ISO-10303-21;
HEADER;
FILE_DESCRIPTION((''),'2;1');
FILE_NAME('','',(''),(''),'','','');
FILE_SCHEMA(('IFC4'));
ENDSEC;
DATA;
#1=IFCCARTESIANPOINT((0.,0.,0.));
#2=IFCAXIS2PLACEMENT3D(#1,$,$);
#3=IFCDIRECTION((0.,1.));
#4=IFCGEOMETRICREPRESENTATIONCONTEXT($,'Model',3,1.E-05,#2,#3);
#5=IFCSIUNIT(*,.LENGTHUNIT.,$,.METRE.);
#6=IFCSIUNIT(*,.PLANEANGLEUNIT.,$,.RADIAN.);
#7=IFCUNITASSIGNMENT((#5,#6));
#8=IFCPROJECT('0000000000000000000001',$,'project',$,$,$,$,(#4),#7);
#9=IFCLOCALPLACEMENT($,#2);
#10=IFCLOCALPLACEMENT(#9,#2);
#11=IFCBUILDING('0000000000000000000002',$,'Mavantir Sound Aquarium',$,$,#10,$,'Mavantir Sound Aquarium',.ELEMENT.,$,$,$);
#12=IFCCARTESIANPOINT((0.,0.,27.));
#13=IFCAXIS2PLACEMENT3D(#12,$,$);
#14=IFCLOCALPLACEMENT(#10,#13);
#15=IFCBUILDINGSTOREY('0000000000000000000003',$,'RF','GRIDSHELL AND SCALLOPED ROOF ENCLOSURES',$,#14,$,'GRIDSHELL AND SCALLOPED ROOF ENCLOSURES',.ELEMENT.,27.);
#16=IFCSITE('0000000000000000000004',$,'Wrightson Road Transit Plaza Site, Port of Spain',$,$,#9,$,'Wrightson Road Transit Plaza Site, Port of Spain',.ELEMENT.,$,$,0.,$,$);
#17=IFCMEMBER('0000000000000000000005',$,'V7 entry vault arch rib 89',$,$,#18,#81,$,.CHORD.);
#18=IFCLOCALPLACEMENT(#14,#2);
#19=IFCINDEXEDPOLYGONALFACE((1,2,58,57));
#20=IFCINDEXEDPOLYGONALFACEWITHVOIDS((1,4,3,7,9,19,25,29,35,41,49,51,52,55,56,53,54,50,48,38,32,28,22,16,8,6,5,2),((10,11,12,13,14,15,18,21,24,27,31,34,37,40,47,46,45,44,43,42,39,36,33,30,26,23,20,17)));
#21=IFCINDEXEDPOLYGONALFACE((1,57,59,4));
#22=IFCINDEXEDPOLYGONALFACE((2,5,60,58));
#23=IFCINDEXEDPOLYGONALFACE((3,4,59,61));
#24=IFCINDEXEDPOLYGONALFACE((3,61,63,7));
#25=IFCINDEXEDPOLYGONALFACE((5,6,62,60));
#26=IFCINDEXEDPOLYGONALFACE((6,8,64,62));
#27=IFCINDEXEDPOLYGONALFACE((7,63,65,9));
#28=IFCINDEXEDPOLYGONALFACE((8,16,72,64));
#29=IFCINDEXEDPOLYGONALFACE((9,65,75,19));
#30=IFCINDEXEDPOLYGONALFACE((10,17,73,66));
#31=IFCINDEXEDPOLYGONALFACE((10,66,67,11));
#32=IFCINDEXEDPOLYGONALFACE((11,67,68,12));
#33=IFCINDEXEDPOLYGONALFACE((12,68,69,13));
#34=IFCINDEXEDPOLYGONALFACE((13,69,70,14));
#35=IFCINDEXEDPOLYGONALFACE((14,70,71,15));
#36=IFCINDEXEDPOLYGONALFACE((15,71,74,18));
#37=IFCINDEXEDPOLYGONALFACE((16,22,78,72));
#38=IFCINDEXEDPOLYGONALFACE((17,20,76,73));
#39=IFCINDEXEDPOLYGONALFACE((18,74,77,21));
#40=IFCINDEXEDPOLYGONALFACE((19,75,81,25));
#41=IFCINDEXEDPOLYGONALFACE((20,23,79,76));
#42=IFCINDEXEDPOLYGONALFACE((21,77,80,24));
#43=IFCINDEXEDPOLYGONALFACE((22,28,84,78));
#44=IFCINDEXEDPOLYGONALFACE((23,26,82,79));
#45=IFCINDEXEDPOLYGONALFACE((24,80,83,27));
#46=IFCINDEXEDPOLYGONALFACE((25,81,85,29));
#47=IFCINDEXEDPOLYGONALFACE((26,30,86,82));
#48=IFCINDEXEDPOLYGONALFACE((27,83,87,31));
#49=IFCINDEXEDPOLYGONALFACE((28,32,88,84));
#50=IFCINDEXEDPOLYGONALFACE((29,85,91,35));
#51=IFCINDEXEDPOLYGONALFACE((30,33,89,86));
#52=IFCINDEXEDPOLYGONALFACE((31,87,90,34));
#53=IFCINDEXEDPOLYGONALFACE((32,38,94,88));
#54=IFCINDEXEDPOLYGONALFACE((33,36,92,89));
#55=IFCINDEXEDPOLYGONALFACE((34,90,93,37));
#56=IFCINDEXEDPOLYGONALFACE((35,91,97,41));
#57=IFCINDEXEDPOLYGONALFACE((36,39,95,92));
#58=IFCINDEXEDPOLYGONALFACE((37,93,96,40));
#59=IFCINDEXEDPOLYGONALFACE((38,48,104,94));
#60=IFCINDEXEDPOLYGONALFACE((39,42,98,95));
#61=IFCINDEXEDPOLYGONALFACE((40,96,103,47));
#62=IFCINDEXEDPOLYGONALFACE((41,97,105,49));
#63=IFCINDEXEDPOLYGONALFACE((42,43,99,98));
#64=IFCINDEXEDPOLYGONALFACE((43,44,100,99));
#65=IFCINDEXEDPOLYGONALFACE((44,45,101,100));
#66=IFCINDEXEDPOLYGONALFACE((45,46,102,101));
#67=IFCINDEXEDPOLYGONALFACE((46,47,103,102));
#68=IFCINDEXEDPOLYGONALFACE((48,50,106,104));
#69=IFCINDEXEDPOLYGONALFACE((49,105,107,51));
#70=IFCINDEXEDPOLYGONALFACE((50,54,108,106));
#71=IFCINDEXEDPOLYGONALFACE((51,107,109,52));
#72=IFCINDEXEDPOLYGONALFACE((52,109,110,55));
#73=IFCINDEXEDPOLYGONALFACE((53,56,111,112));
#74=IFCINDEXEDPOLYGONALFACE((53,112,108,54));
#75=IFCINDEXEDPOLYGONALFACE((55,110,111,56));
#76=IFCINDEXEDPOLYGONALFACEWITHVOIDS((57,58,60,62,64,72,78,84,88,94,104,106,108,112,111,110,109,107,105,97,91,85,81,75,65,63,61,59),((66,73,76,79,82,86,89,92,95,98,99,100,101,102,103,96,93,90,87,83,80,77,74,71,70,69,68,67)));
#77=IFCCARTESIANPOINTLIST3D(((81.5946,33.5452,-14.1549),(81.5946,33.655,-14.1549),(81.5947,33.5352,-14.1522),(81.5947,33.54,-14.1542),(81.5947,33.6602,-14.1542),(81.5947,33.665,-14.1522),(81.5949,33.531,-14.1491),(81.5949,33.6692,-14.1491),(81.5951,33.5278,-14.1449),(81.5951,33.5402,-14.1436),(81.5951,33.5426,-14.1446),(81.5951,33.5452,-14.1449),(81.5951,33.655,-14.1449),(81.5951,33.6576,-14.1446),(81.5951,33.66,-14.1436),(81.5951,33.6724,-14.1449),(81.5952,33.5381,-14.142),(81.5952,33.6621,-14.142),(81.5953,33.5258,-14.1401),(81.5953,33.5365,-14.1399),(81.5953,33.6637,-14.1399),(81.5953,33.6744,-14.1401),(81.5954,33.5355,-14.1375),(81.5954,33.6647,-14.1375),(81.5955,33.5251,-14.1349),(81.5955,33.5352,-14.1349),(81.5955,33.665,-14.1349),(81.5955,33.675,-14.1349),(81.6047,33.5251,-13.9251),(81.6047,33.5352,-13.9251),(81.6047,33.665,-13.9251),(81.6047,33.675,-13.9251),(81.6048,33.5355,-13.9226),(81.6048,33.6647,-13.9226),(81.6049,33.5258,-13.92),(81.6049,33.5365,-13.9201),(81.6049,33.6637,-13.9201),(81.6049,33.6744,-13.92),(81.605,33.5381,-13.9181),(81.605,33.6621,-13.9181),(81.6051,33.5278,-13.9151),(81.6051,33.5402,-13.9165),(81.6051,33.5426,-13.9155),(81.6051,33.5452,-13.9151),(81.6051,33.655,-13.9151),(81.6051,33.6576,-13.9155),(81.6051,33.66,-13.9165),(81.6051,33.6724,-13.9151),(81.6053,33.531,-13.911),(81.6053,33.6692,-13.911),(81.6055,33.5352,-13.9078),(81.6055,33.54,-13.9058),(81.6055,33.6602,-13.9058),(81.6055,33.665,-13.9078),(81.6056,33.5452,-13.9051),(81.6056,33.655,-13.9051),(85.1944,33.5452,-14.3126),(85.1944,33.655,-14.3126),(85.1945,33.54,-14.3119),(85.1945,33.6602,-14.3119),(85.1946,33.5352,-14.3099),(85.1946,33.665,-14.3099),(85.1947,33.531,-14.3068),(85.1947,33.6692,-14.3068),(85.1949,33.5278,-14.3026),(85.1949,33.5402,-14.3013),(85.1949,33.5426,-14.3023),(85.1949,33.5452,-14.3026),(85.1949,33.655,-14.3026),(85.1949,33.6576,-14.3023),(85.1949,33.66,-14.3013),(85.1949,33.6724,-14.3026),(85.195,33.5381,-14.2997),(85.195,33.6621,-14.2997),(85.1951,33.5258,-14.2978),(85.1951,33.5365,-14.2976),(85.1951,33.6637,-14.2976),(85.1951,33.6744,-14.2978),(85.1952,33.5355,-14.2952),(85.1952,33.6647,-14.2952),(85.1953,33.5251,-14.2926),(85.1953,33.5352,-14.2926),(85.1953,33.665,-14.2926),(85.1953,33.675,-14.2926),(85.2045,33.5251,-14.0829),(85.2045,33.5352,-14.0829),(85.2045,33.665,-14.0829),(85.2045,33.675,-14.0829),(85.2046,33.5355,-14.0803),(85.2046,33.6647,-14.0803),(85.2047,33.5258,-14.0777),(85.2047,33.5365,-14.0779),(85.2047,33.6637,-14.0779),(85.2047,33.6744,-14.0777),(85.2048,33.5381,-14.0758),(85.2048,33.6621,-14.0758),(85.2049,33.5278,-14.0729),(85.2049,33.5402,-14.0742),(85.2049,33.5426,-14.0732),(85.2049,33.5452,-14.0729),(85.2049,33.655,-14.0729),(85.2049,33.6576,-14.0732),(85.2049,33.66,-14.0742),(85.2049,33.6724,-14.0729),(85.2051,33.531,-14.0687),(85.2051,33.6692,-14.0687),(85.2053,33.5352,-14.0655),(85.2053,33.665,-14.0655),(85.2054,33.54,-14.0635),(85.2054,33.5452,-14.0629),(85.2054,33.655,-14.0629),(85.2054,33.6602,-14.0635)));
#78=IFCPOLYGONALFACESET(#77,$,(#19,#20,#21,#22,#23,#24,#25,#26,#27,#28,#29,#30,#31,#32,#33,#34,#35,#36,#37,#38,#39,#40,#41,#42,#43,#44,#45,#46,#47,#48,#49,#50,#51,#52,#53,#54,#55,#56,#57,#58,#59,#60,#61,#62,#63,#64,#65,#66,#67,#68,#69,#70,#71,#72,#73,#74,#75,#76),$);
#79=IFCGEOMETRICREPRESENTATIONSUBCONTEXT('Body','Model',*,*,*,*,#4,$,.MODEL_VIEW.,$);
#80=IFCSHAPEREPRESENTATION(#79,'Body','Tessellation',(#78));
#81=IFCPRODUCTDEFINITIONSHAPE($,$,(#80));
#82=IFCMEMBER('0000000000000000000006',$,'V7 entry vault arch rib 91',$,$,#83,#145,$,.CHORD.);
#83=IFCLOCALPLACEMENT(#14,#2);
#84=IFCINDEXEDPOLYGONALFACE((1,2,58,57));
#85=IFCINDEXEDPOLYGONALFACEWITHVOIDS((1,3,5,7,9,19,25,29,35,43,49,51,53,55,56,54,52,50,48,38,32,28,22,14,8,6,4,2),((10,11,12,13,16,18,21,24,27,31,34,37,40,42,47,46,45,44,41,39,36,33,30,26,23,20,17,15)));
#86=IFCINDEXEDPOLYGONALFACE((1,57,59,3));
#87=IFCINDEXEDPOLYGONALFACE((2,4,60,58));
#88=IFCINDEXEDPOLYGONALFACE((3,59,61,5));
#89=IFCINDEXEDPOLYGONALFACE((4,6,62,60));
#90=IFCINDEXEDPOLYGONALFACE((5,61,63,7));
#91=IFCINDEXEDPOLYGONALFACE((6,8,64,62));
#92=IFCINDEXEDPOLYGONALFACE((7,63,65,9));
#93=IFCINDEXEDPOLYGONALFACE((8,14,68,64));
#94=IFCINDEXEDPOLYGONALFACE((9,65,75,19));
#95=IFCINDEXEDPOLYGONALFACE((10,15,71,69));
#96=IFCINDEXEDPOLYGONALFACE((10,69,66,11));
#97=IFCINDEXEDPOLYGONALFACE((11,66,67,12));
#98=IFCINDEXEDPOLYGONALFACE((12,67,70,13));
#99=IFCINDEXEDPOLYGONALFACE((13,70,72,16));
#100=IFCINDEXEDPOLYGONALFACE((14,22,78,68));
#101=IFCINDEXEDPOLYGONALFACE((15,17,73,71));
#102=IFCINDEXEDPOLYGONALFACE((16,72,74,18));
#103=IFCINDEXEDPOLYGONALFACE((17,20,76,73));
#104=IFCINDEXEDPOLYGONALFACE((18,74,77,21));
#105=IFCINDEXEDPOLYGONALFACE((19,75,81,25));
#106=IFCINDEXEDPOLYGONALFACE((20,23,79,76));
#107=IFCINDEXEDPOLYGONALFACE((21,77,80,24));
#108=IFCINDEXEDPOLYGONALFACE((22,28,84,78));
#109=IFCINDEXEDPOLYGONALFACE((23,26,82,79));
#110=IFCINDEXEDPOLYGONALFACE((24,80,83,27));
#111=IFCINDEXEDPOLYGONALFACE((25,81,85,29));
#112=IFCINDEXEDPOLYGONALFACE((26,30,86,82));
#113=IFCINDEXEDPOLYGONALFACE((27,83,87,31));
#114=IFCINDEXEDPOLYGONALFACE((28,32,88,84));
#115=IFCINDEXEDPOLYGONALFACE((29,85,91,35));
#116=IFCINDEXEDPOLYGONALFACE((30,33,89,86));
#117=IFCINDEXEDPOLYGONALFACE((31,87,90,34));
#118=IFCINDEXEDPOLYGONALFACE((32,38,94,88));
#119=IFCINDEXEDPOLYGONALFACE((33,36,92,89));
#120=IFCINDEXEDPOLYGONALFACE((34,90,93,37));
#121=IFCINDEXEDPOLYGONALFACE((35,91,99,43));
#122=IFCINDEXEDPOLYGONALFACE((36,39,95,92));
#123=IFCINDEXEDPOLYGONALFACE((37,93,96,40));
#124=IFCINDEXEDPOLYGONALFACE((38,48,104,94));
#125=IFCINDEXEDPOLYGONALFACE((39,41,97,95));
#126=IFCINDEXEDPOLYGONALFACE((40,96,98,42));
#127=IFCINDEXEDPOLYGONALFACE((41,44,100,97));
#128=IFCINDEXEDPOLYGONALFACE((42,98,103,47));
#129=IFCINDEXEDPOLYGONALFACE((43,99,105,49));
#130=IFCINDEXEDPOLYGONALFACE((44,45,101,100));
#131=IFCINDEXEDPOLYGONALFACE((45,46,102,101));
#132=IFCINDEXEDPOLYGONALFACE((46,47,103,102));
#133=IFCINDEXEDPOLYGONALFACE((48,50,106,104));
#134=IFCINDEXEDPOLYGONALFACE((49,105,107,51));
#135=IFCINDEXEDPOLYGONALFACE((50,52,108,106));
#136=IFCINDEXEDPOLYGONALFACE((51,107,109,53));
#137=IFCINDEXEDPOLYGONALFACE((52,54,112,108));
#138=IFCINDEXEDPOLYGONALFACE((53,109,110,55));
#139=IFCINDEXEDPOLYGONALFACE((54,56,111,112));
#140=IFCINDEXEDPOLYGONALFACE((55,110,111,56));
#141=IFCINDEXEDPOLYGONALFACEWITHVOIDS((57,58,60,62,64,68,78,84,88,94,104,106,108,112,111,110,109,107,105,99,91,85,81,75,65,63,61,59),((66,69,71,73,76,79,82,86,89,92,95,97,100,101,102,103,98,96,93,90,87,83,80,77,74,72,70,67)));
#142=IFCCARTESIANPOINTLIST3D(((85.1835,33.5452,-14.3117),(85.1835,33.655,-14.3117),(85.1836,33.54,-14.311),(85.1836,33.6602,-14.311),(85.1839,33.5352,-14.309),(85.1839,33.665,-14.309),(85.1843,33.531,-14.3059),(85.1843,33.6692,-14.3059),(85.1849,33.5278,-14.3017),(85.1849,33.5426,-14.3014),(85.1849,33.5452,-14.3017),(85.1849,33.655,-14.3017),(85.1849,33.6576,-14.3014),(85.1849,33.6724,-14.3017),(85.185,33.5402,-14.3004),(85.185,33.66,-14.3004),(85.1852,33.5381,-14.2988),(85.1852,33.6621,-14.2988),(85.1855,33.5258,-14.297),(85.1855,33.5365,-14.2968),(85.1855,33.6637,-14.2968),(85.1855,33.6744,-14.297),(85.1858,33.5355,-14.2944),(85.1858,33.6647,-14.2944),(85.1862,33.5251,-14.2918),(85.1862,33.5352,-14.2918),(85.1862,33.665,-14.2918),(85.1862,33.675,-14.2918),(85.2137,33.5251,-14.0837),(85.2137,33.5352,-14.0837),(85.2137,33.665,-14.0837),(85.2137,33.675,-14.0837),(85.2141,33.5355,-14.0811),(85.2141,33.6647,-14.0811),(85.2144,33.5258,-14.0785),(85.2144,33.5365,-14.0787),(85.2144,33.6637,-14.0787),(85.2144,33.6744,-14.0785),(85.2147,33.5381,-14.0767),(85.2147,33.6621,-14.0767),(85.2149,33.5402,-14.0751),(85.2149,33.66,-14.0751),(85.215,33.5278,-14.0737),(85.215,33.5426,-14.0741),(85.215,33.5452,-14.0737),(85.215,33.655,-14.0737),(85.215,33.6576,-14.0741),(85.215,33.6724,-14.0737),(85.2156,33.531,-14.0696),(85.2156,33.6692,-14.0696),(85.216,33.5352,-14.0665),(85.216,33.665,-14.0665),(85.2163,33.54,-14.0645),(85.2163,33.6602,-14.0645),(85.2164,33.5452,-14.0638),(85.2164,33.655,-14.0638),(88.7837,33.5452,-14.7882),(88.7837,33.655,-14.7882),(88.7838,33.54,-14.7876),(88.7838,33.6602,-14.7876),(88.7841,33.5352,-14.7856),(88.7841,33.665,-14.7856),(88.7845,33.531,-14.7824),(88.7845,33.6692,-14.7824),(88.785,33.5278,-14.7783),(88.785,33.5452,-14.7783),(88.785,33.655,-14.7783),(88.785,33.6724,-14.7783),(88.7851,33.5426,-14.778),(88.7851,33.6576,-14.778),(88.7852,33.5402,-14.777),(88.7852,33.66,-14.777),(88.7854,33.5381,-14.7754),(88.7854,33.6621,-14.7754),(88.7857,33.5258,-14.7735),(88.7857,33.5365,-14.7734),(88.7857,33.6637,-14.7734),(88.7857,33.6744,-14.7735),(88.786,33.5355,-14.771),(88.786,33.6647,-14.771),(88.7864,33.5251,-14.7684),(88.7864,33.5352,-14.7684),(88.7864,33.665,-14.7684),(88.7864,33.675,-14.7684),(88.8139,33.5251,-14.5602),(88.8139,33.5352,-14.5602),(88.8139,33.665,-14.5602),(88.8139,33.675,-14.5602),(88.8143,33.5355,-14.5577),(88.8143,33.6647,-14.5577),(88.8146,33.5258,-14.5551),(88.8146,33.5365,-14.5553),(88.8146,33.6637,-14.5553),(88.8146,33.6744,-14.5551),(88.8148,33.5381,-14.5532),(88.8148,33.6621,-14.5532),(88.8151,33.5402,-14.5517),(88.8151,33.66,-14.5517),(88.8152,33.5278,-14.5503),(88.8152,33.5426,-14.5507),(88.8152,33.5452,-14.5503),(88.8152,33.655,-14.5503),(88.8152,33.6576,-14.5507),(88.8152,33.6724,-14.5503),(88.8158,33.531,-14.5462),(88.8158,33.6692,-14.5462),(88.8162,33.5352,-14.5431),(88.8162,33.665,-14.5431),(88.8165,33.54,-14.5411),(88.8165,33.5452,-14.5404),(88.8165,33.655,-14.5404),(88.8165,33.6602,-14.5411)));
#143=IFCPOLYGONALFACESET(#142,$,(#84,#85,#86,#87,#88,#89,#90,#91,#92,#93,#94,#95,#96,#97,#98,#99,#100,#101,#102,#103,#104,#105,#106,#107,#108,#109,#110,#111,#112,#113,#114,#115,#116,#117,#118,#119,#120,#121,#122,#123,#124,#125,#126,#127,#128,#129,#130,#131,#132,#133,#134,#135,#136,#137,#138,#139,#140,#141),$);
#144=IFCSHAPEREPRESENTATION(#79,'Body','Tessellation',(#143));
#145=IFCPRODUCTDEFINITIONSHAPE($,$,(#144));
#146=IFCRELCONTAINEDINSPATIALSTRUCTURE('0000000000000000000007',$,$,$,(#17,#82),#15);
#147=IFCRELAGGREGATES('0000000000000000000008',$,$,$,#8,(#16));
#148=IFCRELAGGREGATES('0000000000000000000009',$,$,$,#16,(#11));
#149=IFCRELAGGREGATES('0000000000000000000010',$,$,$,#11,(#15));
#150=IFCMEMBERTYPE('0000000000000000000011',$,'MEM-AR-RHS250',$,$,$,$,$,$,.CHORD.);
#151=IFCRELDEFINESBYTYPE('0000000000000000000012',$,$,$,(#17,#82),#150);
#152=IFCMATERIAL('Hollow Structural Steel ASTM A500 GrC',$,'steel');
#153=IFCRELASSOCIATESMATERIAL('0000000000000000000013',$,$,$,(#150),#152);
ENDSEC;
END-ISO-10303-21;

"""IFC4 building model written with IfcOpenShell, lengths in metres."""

from ifc_helpers import new_model, si_unit, direction, frame, origin, origin_2d, place, context, subcontext, project, spatial, hollow_rectangle, extrude, material, material_profile, profile_set, type_object, element, save


model = new_model("IFC4")

# Units and contexts
model_context = context("Model", 3, precision=1e-05, world=origin(), true_north=direction((0.0, 1.0)))
body_context = subcontext(model_context, "Body", "Model", "MODEL_VIEW")
ifc_project = project(units=[si_unit("LENGTHUNIT", "METRE"), si_unit("PLANEANGLEUNIT", "RADIAN")], contexts=[model_context])

# Site, building, storey
site_placement = place(None, origin())
site = spatial("IfcSite", under=ifc_project, at=site_placement, Name="Wrightson Road Transit Plaza Site, Port of Spain", LongName="Wrightson Road Transit Plaza Site, Port of Spain", CompositionType="ELEMENT", RefElevation=0.0)
building_placement = place(site_placement, origin())
building = spatial("IfcBuilding", under=site, at=building_placement, Name="Mavantir Sound Aquarium", LongName="Mavantir Sound Aquarium", CompositionType="ELEMENT")
storey_placement = place(building_placement, frame((0.0, 0.0, 27.0)))
storey = spatial("IfcBuildingStorey", under=building, at=storey_placement, Name="RF", Description="GRIDSHELL AND SCALLOPED ROOF ENCLOSURES", LongName="GRIDSHELL AND SCALLOPED ROOF ENCLOSURES", CompositionType="ELEMENT", Elevation=27.0)

# Shared definitions
ifc_material_1 = material(Name="Hollow Structural Steel ASTM A500 GrC", Category="steel")

# Members
ifc_material_profile_1 = material_profile(ifc_material_1, hollow_rectangle(XDim=0.1499, YDim=0.25, WallThickness=0.01, InnerFilletRadius=0.01, OuterFilletRadius=0.02, at=origin_2d()), Name="RHS 250X150X10")
ifc_profile_set_1 = profile_set([ifc_material_profile_1], Name="Hollow Structural Steel ASTM A500 GrC")
member_type_1 = type_object("IfcMemberType", Name="MEM-AR-RHS250", PredefinedType="CHORD", material=ifc_profile_set_1)
member_1_placement = place(storey_placement, frame((81.6001, 33.6001, -14.03), z_axis=(0.999042, 0.0, -0.043769), x_axis=(0.0, 1.0, 0.0)))
element("IfcMember", 1, at=member_1_placement, inside=storey, type_object=member_type_1, Name="V7 entry vault arch rib 89", PredefinedType="CHORD", context=body_context, shape_type="SweptSolid", body=[
    extrude(hollow_rectangle(XDim=0.1499, YDim=0.25, WallThickness=0.01, InnerFilletRadius=0.01, OuterFilletRadius=0.02, at=origin_2d()), origin(), (0.0, 0.0, 1.0), 3.6033),
])
member_2_placement = place(storey_placement, frame((85.2, 33.6001, -14.1877), z_axis=(0.991352, 0.0, -0.13123), x_axis=(0.0, 1.0, 0.0)))
element("IfcMember", 2, at=member_2_placement, inside=storey, type_object=member_type_1, Name="V7 entry vault arch rib 91", PredefinedType="CHORD", context=body_context, shape_type="SweptSolid", body=[
    extrude(hollow_rectangle(XDim=0.1499, YDim=0.25, WallThickness=0.01, InnerFilletRadius=0.01, OuterFilletRadius=0.02, at=origin_2d()), origin(), (0.0, 0.0, 1.0), 3.6316),
])

save(model, "model.ifc")
